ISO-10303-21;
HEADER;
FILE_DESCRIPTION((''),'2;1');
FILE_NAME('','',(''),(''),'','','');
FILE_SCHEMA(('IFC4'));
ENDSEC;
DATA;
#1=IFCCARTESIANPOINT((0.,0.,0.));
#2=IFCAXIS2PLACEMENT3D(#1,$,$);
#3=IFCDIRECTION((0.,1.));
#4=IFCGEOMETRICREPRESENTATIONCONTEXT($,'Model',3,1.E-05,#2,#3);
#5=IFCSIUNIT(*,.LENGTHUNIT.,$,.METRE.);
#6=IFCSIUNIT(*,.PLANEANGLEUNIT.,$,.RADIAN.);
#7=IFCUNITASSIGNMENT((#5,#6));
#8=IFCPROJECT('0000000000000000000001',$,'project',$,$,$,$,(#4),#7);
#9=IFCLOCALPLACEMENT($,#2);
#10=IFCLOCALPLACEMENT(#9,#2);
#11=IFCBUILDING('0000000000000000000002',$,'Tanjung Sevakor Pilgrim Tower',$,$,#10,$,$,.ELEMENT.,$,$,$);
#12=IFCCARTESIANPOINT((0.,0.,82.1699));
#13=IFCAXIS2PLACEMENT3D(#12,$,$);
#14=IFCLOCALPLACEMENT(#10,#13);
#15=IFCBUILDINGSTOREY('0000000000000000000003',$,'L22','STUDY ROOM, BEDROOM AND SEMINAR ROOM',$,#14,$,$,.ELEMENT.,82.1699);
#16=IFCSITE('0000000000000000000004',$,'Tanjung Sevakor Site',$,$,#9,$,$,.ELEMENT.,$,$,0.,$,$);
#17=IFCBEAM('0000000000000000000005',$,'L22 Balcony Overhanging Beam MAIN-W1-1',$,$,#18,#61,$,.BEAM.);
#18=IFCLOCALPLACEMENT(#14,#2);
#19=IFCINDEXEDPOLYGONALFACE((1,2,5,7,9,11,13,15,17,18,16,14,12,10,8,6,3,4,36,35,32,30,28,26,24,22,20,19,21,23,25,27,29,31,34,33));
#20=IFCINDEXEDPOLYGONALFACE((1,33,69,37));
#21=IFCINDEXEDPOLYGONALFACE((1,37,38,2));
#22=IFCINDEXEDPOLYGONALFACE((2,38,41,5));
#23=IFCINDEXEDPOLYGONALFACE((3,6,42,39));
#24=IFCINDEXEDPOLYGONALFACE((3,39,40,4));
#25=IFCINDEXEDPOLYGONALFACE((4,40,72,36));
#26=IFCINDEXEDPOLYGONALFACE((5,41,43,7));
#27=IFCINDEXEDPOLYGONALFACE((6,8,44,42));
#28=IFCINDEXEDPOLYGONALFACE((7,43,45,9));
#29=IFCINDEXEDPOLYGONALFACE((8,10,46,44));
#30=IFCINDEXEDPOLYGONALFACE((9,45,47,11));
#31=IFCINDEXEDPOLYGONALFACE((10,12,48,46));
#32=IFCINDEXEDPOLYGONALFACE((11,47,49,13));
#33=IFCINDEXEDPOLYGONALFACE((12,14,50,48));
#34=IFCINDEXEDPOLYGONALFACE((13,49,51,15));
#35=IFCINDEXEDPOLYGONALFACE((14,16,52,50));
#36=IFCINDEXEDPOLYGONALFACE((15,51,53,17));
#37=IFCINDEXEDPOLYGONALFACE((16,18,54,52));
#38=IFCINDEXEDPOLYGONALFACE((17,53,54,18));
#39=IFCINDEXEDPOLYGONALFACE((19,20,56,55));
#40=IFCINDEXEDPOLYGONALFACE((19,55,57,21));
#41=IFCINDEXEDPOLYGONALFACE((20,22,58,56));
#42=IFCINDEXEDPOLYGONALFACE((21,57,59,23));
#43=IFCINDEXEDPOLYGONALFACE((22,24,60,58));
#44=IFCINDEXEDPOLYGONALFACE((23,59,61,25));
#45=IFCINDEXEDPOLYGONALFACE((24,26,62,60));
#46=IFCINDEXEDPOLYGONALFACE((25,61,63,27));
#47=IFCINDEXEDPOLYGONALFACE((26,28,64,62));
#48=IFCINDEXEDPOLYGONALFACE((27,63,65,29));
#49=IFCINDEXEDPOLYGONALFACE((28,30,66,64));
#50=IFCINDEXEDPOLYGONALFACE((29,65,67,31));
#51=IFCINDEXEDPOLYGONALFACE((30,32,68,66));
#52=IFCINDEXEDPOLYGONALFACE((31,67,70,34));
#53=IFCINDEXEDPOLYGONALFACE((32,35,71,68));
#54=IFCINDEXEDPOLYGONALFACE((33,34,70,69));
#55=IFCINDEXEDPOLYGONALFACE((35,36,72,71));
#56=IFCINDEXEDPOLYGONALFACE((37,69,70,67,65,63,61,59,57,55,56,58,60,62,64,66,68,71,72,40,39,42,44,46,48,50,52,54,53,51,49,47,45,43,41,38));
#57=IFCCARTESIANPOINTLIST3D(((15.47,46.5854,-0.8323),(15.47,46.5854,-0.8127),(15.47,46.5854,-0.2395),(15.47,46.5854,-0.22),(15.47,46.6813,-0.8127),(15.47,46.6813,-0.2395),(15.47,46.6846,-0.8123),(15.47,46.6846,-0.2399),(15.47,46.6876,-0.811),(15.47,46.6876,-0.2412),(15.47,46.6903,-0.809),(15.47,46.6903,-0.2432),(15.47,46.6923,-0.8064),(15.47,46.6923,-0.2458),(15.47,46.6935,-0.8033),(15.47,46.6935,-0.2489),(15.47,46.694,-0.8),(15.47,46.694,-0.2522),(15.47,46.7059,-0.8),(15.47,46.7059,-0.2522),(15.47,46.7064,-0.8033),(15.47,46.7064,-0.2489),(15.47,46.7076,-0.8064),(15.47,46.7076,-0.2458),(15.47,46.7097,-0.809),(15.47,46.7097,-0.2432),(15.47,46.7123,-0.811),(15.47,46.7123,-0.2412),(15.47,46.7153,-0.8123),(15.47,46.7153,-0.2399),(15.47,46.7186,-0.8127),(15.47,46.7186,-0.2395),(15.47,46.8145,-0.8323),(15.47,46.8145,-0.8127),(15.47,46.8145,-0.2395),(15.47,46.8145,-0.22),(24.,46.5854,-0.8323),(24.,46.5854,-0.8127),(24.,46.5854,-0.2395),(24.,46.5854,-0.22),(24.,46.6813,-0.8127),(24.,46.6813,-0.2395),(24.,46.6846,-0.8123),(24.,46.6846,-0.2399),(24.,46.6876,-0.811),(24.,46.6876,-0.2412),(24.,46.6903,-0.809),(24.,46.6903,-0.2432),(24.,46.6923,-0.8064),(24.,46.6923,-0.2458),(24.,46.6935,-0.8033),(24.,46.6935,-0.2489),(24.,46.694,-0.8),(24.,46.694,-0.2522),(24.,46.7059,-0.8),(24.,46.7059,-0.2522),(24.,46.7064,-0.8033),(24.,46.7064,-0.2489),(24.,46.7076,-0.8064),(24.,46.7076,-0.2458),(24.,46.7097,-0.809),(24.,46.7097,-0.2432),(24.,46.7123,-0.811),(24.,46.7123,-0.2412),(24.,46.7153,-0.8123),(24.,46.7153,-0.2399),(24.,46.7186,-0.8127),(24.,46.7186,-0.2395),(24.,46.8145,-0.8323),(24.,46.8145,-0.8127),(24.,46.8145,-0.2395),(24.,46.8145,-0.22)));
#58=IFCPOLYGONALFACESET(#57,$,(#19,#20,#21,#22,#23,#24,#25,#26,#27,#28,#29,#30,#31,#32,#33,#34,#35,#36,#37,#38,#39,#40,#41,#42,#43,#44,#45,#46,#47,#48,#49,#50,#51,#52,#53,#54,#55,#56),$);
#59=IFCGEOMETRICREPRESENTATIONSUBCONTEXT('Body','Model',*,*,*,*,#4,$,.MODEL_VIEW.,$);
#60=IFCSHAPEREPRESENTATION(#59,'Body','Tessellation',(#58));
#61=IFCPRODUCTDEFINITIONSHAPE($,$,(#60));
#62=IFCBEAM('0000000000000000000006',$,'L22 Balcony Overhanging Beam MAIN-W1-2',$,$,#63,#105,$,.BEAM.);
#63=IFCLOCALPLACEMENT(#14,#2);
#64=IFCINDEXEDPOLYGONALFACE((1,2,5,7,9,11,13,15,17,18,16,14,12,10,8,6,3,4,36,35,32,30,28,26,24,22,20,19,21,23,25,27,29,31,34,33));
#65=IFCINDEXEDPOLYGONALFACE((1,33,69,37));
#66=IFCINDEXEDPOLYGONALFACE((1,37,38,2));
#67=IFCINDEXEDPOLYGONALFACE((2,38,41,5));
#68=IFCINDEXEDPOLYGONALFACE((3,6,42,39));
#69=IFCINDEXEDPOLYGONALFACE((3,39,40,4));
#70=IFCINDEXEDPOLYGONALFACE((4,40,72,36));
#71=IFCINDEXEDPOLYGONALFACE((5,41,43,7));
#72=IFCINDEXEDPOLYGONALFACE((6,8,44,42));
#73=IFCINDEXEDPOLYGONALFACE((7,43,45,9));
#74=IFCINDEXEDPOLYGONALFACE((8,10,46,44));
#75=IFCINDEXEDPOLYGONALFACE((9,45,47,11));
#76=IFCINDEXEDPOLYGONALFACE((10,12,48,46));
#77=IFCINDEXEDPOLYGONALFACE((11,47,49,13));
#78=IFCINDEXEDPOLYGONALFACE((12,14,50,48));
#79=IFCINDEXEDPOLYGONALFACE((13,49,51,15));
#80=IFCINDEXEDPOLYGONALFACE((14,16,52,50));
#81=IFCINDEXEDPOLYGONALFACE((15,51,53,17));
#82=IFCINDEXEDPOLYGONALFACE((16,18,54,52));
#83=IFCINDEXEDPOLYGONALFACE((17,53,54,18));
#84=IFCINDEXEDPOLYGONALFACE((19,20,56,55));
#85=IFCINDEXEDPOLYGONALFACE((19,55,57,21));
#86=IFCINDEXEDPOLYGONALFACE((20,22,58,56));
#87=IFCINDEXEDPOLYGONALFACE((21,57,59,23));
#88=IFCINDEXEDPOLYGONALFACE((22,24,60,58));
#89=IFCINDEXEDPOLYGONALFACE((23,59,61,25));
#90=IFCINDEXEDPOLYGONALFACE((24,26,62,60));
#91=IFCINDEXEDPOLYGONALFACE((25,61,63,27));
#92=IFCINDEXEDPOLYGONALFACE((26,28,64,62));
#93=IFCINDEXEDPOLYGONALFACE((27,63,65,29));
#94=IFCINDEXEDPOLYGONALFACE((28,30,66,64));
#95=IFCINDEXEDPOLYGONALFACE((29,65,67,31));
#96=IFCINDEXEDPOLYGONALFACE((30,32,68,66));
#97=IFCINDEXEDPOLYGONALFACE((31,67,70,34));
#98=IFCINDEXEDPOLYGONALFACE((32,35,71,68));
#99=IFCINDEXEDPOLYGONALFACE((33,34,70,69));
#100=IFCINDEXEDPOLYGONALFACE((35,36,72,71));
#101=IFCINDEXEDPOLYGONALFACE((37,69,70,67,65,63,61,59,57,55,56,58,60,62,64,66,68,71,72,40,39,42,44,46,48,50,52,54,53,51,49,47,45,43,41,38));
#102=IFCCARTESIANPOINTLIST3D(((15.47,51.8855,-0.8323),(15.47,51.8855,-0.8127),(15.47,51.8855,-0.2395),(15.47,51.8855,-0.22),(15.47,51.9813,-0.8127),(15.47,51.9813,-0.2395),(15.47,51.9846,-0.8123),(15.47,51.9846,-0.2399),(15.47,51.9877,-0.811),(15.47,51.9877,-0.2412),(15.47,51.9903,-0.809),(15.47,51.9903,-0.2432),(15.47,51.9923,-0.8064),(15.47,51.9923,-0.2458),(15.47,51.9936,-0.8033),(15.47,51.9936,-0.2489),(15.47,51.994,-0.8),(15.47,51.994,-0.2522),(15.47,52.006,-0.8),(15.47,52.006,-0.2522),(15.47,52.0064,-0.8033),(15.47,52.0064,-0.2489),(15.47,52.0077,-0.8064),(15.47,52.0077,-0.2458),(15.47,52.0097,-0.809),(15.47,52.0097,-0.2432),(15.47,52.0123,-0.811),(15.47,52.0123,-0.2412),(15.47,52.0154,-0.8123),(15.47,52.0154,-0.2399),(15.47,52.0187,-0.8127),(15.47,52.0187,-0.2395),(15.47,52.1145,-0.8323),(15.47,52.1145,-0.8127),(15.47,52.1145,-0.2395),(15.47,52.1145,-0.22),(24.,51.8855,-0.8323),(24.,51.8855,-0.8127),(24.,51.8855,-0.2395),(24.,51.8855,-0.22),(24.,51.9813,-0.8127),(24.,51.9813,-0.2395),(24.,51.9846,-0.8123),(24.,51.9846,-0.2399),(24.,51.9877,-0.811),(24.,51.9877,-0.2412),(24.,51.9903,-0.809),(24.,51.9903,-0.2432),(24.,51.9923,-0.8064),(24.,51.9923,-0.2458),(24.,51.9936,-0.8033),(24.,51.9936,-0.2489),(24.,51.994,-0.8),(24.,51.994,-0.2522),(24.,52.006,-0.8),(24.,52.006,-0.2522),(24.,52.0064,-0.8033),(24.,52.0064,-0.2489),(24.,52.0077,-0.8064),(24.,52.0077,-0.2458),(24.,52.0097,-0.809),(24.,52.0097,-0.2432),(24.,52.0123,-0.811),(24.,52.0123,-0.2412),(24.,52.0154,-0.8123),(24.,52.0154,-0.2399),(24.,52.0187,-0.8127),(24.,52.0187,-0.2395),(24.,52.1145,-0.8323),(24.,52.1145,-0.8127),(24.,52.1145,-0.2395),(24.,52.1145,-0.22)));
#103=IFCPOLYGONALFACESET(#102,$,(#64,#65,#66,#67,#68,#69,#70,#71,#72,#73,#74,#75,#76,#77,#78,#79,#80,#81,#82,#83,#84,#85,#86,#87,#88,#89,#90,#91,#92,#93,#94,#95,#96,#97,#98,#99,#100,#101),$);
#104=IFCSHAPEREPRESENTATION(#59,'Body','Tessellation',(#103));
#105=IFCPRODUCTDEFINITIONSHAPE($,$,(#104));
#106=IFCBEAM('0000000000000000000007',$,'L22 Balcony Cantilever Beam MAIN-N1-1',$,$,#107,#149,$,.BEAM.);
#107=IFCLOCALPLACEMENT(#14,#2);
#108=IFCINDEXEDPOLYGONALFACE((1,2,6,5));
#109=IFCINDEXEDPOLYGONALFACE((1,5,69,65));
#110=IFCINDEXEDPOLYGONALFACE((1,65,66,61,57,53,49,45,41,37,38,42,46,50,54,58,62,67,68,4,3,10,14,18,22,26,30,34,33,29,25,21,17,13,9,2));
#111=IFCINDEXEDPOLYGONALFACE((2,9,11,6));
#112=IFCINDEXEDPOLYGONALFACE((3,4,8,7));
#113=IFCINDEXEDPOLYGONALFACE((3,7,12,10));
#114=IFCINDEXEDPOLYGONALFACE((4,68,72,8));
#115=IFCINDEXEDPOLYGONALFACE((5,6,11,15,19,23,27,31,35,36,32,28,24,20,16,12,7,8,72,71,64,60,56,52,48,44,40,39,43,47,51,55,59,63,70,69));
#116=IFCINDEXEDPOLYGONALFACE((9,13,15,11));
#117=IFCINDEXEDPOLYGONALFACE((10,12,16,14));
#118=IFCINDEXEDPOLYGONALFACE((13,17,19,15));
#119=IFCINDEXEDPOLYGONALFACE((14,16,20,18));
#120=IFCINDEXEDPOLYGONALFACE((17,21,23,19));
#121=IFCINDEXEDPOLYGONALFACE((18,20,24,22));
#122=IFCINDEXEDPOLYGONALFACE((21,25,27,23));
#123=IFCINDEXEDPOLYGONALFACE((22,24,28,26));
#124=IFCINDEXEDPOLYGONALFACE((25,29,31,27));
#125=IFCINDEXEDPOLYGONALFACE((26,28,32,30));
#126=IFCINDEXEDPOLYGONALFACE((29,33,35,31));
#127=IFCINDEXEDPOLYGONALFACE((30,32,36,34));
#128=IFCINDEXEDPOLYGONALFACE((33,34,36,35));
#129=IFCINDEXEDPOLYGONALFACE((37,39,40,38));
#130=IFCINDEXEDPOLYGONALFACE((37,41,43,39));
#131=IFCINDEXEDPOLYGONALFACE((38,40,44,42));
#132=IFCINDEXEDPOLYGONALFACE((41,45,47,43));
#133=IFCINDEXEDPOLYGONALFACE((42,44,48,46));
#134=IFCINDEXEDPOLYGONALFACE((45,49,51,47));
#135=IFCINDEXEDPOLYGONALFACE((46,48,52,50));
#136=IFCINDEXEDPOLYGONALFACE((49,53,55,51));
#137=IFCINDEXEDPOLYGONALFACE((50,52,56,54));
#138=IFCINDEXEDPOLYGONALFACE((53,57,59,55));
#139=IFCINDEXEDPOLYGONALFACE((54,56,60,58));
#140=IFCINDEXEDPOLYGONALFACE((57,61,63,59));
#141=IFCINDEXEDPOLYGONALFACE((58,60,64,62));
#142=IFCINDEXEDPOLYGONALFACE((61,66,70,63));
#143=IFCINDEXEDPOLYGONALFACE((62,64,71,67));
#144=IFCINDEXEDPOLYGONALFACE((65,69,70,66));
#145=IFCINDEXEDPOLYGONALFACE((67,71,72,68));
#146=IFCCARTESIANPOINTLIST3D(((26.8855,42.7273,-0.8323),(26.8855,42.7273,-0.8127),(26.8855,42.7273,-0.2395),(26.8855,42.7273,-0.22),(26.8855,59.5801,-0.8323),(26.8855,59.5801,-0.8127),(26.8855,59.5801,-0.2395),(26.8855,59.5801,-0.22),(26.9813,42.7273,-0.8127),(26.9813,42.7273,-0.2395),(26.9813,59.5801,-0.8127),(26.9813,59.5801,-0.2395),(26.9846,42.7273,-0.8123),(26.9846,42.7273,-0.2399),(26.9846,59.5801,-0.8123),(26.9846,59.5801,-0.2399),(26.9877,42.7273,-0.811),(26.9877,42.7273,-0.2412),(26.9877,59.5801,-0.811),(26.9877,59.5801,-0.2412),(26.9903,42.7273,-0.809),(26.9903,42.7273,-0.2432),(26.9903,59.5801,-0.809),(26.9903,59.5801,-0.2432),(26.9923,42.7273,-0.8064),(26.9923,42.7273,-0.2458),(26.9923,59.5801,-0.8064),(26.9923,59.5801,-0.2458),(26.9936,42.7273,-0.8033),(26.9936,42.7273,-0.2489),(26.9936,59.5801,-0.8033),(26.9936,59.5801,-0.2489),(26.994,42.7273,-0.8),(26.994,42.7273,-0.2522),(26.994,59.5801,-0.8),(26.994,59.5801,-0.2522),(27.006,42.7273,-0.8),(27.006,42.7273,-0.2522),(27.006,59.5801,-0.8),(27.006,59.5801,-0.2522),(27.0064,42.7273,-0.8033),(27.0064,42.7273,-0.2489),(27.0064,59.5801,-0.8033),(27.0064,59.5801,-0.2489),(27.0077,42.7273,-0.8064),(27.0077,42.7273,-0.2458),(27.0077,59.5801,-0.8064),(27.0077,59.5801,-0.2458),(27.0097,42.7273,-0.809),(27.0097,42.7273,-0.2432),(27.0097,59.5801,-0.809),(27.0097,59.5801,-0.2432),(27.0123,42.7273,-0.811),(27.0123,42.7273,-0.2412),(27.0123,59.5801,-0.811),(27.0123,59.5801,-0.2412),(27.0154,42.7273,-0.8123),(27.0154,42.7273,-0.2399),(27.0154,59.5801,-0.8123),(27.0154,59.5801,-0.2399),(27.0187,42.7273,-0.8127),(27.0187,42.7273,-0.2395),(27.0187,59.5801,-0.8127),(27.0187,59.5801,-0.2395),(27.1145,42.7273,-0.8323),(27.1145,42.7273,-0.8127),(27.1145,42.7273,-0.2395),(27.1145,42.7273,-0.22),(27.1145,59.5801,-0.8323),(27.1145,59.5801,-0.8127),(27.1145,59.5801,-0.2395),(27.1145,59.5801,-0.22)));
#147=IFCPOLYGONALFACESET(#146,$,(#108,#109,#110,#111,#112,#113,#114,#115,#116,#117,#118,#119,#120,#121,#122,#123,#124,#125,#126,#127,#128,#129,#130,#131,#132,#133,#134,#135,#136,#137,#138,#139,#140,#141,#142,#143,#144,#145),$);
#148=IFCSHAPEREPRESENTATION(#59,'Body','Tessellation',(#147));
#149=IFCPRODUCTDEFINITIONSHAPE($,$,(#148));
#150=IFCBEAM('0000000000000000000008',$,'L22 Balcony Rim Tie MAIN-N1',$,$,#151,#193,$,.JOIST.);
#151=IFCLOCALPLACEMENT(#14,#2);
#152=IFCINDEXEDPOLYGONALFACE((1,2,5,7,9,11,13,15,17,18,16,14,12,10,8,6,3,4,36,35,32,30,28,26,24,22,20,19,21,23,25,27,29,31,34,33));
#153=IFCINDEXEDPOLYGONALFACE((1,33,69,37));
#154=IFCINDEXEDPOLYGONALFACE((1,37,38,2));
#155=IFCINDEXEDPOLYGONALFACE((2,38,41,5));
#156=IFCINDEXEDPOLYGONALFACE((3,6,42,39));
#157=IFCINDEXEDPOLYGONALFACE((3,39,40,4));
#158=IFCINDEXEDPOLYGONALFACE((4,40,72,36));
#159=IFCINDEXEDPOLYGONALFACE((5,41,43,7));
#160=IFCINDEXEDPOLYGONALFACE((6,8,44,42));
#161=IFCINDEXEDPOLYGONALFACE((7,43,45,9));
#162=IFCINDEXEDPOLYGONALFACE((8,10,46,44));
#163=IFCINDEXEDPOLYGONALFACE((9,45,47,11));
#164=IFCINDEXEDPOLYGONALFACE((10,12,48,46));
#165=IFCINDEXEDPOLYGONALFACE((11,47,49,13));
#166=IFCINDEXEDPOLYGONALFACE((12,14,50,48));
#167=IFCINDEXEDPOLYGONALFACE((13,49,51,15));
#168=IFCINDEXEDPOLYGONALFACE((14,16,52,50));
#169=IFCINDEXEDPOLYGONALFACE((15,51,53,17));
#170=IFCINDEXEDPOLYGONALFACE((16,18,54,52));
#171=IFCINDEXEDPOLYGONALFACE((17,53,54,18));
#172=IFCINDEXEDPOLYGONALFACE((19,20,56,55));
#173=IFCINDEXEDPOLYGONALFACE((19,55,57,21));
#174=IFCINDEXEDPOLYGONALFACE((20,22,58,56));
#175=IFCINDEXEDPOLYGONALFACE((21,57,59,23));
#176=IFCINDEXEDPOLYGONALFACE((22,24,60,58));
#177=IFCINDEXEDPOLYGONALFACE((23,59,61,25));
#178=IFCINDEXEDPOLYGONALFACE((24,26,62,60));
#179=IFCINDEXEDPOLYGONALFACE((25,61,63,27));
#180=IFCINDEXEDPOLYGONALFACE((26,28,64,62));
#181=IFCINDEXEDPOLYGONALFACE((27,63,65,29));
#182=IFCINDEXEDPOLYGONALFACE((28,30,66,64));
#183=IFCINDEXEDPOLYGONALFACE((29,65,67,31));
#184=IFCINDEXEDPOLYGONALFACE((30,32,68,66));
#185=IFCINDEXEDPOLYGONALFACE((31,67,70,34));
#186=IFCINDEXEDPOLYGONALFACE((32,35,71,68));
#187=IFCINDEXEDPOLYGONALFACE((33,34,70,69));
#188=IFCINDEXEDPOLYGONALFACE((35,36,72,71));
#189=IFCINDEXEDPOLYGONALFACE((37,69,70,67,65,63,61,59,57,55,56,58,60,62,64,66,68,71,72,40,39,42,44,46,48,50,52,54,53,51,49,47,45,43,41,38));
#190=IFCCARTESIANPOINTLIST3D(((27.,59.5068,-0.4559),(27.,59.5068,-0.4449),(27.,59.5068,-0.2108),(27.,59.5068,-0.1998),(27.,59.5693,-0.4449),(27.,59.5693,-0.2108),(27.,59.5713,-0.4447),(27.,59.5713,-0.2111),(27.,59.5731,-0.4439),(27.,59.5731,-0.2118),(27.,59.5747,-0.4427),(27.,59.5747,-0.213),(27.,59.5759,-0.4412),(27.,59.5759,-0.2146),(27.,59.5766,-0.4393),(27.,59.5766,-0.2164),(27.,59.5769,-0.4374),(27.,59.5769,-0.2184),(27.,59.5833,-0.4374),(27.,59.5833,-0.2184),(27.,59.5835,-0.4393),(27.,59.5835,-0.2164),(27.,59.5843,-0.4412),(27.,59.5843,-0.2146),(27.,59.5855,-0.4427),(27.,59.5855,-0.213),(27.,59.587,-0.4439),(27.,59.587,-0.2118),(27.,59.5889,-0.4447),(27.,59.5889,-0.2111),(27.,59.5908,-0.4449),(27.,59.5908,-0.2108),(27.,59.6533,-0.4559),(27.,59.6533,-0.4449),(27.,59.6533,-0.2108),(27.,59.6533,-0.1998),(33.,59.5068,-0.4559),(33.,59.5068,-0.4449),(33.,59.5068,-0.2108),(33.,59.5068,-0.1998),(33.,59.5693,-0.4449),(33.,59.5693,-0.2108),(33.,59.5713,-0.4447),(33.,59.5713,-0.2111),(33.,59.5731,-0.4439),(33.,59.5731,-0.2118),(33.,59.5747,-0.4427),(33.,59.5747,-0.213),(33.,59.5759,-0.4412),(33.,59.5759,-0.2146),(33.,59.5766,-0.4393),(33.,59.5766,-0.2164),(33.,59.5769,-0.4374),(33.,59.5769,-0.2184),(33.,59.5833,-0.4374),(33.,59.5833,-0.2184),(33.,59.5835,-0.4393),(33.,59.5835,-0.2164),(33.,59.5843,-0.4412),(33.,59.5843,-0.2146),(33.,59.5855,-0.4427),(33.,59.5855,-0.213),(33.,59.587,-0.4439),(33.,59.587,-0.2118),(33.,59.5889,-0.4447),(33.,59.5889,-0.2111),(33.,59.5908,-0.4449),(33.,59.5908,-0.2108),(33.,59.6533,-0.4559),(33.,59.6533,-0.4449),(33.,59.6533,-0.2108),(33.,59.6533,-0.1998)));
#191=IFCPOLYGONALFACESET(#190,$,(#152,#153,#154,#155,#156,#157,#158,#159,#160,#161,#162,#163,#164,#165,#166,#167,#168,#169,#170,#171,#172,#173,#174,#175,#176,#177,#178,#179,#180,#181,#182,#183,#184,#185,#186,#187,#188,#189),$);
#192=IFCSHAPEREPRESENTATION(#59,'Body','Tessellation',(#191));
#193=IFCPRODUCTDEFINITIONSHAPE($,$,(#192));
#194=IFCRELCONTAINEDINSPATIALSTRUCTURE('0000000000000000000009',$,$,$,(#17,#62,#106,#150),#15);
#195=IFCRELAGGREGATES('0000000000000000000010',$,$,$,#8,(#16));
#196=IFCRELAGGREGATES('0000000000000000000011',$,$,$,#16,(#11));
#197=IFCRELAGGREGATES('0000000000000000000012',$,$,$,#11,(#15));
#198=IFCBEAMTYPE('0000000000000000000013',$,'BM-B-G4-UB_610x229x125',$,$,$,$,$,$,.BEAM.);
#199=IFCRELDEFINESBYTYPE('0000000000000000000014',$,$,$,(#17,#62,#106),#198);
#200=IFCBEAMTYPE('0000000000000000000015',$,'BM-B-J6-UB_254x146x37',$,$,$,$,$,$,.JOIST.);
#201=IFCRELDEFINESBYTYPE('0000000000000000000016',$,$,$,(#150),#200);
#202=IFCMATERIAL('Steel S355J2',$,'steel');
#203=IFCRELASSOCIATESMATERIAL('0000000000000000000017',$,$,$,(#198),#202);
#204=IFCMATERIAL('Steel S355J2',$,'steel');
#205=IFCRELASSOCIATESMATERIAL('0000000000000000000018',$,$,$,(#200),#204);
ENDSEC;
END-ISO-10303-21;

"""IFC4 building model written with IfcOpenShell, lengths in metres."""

from ifc_helpers import new_model, si_unit, direction, frame, origin, origin_2d, place, context, subcontext, project, spatial, i_section, extrude, material, material_profile, profile_set, type_object, element, save


model = new_model("IFC4")

# Units and contexts
model_context = context("Model", 3, precision=1e-05, world=origin(), true_north=direction((0.0, 1.0)))
body_context = subcontext(model_context, "Body", "Model", "MODEL_VIEW")
ifc_project = project(units=[si_unit("LENGTHUNIT", "METRE"), si_unit("PLANEANGLEUNIT", "RADIAN")], contexts=[model_context])

# Site, building, storey
site_placement = place(None, origin())
site = spatial("IfcSite", under=ifc_project, at=site_placement, Name="Tanjung Sevakor Site", CompositionType="ELEMENT", RefElevation=0.0)
building_placement = place(site_placement, origin())
building = spatial("IfcBuilding", under=site, at=building_placement, Name="Tanjung Sevakor Pilgrim Tower", CompositionType="ELEMENT")
storey_placement = place(building_placement, frame((0.0, 0.0, 82.1699)))
storey = spatial("IfcBuildingStorey", under=building, at=storey_placement, Name="L22", Description="STUDY ROOM, BEDROOM AND SEMINAR ROOM", CompositionType="ELEMENT", Elevation=82.1699)

# Beams
ifc_material_1 = material(Name="Steel S355J2", Category="steel")
ifc_material_profile_1 = material_profile(ifc_material_1, i_section(OverallWidth=0.229, OverallDepth=0.6123, WebThickness=0.012, FlangeThickness=0.0195, FilletRadius=0.0127, at=origin_2d()))
ifc_profile_set_1 = profile_set([ifc_material_profile_1], Name="Steel S355J2")
beam_type_1 = type_object("IfcBeamType", Name="BM-B-G4-UB_610x229x125", PredefinedType="BEAM", material=ifc_profile_set_1)
for number, where, z_axis, x_axis, name in (
    (1, (24.0, 46.7, -0.5261), (-1.0, 0.0, 0.0), (0.0, -1.0, 0.0), "L22 Balcony Overhanging Beam MAIN-W1-1"),
    (2, (24.0, 52.0, -0.5261), (-1.0, 0.0, 0.0), (0.0, -1.0, 0.0), "L22 Balcony Overhanging Beam MAIN-W1-2"),
):
    element("IfcBeam", number, at=place(storey_placement, frame(where, z_axis=z_axis, x_axis=x_axis)), inside=storey, type_object=beam_type_1, Name=name, PredefinedType="BEAM", context=body_context, shape_type="SweptSolid", body=[
        extrude(i_section(OverallWidth=0.229, OverallDepth=0.6123, WebThickness=0.012, FlangeThickness=0.0195, FilletRadius=0.0127, at=origin_2d()), origin(), (0.0, 0.0, 1.0), 8.53),
    ])
beam_1_placement = place(storey_placement, frame((27.0, 42.7273, -0.5261), z_axis=(0.0, 1.0, 0.0), x_axis=(-1.0, 0.0, 0.0)))
element("IfcBeam", 3, at=beam_1_placement, inside=storey, type_object=beam_type_1, Name="L22 Balcony Cantilever Beam MAIN-N1-1", PredefinedType="BEAM", context=body_context, shape_type="SweptSolid", body=[
    extrude(i_section(OverallWidth=0.229, OverallDepth=0.6123, WebThickness=0.012, FlangeThickness=0.0195, FilletRadius=0.0127, at=origin_2d()), origin(), (0.0, 0.0, 1.0), 16.8528),
])
ifc_material_2 = material(Name="Steel S355J2", Category="steel")
ifc_material_profile_2 = material_profile(ifc_material_2, i_section(OverallWidth=0.1465, OverallDepth=0.2561, WebThickness=0.0063, FlangeThickness=0.011, FilletRadius=0.0076, at=origin_2d()))
ifc_profile_set_2 = profile_set([ifc_material_profile_2], Name="Steel S355J2")
beam_type_2 = type_object("IfcBeamType", Name="BM-B-J6-UB_254x146x37", PredefinedType="JOIST", material=ifc_profile_set_2)
beam_2_placement = place(storey_placement, frame((27.0, 59.5801, -0.3279), z_axis=(1.0, 0.0, 0.0), x_axis=(0.0, 1.0, 0.0)))
element("IfcBeam", 4, at=beam_2_placement, inside=storey, type_object=beam_type_2, Name="L22 Balcony Rim Tie MAIN-N1", PredefinedType="JOIST", context=body_context, shape_type="SweptSolid", body=[
    extrude(i_section(OverallWidth=0.1465, OverallDepth=0.2561, WebThickness=0.0063, FlangeThickness=0.011, FilletRadius=0.0076, at=origin_2d()), origin(), (0.0, 0.0, 1.0), 6.0),
])

save(model, "model.ifc")
